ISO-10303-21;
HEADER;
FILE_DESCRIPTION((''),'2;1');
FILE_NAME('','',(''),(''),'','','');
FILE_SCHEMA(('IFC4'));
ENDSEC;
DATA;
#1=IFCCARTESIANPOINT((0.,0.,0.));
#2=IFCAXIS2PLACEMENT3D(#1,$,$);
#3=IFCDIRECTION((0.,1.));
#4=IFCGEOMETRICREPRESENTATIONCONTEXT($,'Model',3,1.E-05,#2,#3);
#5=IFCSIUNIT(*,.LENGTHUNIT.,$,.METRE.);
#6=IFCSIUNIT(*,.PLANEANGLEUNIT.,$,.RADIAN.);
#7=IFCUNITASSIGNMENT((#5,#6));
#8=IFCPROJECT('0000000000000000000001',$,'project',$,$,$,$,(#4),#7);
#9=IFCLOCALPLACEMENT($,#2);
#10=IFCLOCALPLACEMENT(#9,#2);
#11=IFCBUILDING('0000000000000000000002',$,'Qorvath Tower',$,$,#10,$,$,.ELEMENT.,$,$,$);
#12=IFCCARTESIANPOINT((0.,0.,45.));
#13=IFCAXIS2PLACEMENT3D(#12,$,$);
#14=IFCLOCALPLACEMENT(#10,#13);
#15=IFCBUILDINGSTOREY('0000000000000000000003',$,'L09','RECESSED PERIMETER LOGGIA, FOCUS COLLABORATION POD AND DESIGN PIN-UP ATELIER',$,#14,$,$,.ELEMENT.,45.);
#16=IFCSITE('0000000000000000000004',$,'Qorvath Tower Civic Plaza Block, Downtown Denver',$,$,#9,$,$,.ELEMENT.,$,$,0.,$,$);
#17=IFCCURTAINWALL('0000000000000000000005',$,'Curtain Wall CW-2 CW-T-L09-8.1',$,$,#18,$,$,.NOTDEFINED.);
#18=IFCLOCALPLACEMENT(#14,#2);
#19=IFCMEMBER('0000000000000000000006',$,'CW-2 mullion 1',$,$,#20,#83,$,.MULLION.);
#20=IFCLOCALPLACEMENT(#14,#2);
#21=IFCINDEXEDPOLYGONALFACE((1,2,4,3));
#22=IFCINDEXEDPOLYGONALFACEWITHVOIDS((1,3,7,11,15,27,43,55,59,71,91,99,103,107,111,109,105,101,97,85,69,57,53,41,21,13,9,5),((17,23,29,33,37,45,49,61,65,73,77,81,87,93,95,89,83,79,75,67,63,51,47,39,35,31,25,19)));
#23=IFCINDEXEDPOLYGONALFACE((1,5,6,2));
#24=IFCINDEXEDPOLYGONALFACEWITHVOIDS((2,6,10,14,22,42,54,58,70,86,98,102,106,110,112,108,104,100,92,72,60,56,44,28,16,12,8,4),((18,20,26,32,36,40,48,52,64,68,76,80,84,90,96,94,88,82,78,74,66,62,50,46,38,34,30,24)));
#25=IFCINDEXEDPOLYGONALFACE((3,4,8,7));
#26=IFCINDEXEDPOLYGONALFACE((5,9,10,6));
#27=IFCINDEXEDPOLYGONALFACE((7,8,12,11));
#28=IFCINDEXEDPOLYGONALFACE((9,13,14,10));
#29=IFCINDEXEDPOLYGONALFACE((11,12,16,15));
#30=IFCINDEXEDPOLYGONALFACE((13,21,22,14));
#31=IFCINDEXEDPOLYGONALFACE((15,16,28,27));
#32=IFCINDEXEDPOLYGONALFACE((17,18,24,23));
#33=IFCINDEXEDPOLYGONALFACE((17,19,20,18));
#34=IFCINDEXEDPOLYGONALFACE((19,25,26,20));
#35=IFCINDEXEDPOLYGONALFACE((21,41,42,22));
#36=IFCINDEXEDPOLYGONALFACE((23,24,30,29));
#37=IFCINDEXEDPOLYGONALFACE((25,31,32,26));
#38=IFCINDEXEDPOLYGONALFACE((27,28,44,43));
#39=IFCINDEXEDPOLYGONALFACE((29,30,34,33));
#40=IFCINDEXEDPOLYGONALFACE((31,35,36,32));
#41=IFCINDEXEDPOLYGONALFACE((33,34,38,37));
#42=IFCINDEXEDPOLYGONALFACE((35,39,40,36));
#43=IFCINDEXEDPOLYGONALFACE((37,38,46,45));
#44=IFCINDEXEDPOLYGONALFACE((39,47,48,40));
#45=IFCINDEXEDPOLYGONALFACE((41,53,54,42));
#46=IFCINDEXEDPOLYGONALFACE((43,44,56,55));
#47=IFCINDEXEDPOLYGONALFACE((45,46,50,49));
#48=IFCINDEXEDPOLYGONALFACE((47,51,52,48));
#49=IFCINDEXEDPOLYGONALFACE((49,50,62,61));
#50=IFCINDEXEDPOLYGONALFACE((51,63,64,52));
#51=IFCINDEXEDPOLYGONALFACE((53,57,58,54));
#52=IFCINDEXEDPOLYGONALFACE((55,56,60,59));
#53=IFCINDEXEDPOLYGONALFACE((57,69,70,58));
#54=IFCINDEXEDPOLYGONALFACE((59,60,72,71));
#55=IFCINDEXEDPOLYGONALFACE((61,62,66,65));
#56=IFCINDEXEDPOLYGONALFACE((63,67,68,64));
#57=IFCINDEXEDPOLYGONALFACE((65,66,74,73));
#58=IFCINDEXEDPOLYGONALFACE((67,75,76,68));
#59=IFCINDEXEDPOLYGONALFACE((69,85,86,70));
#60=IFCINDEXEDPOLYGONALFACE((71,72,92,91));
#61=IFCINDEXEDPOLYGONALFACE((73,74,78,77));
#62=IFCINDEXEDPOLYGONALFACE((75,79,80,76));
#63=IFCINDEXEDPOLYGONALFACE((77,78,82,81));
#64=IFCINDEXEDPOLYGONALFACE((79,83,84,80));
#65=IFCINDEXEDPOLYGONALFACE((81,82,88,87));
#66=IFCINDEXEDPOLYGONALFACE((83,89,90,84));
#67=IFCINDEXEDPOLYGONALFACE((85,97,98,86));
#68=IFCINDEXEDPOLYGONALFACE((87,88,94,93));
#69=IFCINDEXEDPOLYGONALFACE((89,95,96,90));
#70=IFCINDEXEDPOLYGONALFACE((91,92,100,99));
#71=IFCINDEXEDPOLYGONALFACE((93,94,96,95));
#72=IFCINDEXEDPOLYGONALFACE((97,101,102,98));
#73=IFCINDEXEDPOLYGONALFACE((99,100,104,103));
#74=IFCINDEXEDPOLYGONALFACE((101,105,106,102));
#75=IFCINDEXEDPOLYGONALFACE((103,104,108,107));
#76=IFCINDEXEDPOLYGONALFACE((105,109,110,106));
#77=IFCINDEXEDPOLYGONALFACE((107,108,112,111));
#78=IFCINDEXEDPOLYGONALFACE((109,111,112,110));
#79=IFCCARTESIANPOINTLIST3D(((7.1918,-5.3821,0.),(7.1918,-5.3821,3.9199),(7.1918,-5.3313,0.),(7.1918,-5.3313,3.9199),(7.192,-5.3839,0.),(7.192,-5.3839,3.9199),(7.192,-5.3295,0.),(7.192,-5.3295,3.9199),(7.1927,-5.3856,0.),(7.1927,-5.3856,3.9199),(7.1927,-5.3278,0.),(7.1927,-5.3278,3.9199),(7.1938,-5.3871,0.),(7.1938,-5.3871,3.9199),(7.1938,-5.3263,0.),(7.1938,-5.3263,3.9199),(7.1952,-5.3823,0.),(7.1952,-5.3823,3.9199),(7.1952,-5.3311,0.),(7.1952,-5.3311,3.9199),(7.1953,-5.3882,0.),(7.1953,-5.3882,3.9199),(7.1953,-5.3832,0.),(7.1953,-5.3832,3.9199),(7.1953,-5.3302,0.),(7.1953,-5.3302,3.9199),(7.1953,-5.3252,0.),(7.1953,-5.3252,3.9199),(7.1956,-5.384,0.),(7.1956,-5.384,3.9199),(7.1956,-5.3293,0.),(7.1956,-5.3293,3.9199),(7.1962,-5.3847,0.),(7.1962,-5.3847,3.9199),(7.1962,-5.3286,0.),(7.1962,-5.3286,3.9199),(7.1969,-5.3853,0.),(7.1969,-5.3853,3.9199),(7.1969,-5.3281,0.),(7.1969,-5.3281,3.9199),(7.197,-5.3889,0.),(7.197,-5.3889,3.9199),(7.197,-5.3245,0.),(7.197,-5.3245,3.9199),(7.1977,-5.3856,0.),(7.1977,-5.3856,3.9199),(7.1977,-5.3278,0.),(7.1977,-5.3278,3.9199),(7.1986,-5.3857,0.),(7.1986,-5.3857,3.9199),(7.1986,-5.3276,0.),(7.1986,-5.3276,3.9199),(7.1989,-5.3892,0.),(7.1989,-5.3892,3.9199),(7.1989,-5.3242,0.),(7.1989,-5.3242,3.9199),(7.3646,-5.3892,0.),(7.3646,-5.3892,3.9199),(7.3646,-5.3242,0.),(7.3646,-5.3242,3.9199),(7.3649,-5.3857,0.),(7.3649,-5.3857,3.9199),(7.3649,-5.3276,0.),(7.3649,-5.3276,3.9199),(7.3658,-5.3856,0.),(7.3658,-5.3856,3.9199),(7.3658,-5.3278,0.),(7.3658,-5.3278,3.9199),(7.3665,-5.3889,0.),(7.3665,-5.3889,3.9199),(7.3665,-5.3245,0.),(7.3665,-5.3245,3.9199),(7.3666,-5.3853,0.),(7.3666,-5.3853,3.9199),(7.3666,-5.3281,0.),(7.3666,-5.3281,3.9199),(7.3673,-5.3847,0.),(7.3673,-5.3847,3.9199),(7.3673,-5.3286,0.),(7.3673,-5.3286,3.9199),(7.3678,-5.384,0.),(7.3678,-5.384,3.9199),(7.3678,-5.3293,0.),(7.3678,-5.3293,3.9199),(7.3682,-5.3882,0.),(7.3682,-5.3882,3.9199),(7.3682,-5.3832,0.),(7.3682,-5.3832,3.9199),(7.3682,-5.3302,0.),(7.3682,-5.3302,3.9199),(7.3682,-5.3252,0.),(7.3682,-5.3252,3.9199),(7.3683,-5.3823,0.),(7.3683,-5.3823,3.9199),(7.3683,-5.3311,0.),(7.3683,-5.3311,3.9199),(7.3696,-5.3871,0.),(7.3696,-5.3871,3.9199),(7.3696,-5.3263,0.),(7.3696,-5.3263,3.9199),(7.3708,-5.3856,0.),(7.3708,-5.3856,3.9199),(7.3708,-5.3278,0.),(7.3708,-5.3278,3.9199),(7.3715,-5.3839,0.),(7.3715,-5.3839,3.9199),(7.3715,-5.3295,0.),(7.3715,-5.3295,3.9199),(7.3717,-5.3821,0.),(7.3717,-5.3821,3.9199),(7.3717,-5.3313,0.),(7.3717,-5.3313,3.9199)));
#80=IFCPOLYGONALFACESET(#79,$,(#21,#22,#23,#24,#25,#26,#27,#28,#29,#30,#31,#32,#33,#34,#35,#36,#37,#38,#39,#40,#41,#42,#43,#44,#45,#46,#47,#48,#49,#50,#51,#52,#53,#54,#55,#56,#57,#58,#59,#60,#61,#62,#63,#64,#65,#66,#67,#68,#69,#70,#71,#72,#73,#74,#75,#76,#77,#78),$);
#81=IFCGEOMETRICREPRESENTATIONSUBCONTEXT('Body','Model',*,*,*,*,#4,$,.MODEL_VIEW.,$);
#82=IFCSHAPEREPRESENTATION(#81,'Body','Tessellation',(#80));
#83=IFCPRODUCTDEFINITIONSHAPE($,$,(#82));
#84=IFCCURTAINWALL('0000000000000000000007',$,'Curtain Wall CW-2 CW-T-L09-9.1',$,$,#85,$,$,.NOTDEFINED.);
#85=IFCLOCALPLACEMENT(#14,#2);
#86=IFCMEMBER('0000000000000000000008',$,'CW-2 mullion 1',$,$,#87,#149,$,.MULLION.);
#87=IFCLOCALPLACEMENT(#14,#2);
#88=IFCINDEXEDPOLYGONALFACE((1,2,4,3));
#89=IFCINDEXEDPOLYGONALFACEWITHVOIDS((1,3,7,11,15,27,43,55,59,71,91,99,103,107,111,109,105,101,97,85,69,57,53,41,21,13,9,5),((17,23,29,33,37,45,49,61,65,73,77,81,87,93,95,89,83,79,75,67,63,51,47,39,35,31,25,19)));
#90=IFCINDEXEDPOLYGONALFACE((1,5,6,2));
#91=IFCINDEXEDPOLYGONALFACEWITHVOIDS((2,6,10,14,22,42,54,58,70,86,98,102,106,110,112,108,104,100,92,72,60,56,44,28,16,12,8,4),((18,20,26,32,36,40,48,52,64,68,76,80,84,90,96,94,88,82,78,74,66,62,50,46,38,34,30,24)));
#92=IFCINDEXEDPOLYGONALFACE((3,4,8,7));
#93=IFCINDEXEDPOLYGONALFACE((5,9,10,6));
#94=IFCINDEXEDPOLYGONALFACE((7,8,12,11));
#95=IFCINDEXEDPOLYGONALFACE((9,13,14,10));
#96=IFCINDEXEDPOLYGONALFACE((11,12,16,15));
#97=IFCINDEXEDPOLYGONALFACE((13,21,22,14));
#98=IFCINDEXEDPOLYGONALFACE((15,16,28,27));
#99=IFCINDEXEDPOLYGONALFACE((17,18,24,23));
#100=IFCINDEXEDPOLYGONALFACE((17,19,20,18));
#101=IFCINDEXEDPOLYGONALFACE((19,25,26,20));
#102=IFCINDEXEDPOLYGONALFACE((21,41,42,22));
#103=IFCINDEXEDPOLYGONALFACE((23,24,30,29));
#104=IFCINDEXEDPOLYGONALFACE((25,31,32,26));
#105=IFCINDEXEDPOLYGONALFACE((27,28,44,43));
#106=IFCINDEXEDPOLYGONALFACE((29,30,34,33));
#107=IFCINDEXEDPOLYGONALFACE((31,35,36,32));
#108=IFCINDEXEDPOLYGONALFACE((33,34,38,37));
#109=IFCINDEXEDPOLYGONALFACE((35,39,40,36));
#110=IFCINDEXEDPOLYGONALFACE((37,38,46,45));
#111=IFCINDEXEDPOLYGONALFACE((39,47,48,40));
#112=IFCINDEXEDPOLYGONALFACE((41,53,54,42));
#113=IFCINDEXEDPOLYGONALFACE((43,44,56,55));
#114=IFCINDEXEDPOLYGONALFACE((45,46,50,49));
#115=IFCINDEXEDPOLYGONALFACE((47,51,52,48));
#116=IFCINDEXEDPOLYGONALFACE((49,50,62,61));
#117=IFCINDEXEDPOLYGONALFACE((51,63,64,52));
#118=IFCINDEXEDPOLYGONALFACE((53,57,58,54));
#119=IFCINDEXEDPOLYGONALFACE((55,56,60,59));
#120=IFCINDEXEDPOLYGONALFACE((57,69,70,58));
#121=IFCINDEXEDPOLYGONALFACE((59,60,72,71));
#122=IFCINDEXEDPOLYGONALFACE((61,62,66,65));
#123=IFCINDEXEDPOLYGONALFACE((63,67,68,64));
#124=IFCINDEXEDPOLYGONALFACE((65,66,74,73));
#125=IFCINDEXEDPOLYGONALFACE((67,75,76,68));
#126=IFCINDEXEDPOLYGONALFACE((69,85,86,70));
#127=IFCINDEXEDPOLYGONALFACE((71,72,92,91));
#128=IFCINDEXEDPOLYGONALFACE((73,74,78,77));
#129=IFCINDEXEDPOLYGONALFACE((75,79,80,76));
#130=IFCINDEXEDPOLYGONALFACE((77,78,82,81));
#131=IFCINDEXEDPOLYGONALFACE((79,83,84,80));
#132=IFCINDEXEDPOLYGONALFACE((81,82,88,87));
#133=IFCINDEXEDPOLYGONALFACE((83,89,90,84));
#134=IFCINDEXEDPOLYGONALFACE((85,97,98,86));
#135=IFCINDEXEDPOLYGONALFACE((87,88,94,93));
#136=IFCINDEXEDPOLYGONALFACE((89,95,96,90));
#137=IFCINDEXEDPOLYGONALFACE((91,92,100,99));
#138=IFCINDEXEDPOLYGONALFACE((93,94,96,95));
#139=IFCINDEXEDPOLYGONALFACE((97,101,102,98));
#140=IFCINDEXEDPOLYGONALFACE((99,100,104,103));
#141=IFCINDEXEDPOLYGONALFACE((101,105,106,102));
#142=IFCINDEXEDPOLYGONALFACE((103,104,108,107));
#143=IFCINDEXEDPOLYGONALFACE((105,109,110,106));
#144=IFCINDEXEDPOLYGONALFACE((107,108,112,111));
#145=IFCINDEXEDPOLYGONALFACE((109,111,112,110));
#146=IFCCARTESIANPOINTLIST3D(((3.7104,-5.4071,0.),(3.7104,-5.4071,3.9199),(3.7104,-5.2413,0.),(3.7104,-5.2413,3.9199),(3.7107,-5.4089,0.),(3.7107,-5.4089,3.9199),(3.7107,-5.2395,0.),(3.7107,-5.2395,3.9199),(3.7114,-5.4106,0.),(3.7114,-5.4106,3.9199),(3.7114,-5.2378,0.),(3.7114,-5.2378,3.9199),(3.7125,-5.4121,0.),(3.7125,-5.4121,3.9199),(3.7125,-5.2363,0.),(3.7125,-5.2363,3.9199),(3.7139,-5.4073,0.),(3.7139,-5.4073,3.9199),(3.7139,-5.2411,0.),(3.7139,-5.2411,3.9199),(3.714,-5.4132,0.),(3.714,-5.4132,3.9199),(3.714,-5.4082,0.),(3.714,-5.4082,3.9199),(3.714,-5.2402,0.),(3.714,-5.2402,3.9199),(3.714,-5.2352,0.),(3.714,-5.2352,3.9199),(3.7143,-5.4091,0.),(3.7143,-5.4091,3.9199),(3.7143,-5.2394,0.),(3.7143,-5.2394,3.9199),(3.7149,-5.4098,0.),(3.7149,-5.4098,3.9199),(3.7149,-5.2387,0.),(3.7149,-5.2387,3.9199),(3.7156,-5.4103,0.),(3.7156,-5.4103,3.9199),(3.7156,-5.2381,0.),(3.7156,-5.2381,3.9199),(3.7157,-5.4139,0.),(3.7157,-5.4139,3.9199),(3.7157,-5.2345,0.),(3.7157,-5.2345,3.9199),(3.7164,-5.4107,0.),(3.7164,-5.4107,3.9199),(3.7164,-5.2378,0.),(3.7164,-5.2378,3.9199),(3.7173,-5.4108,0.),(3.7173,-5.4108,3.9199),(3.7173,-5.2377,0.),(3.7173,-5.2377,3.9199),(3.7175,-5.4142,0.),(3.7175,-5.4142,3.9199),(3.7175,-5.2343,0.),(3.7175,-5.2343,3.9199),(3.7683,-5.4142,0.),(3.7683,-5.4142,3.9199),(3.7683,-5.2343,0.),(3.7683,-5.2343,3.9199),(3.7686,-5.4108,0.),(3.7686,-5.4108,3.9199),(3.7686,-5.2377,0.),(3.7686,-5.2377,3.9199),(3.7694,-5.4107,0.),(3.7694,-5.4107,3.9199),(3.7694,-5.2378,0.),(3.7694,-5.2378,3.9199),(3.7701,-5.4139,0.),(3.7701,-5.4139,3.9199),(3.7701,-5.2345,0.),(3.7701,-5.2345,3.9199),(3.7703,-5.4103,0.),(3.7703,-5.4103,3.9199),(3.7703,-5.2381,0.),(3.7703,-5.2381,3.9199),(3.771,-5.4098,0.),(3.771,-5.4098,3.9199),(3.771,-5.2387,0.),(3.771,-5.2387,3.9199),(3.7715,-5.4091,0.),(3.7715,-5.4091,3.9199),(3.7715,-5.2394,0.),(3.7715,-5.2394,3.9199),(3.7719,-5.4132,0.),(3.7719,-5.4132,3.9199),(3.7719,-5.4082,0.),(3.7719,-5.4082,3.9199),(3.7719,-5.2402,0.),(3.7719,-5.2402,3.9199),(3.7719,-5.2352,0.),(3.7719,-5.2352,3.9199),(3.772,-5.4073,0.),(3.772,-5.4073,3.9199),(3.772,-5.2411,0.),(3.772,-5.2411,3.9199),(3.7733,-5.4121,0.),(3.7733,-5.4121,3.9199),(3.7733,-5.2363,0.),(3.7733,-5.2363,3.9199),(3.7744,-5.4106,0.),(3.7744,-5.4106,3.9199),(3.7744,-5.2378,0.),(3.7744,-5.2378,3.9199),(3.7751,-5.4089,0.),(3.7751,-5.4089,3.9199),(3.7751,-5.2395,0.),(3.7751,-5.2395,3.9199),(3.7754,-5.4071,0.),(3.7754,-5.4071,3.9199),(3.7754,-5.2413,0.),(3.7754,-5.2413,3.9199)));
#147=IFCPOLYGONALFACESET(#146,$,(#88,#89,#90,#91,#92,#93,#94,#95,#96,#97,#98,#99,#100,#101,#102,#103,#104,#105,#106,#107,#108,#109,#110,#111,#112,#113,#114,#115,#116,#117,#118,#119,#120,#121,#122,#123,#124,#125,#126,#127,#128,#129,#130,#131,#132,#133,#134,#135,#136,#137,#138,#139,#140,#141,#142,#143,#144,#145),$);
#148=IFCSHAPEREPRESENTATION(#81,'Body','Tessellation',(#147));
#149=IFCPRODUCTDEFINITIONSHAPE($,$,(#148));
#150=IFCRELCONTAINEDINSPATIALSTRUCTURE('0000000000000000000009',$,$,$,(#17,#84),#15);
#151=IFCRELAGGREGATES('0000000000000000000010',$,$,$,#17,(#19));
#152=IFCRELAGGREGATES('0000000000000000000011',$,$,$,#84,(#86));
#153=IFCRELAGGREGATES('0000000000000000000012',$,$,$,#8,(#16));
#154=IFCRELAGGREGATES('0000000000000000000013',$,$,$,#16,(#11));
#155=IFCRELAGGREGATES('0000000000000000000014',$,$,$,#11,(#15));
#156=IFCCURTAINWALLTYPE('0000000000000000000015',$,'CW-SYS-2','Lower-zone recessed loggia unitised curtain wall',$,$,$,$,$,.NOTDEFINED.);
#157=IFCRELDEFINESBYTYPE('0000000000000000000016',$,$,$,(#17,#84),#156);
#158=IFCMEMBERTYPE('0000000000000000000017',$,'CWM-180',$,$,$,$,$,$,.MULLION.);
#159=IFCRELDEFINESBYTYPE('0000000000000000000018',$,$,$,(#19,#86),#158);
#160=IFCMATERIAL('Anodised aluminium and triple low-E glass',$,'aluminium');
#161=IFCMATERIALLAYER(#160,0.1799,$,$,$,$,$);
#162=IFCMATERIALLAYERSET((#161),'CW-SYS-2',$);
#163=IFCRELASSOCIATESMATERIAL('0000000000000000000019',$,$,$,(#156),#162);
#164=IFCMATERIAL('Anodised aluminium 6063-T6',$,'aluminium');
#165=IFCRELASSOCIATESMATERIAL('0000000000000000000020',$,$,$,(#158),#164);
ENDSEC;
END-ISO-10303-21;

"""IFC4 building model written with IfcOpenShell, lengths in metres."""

from ifc_helpers import new_model, si_unit, direction, frame, origin, origin_2d, place, context, subcontext, project, spatial, hollow_rectangle, extrude, material, layer, layer_set, material_profile, profile_set, type_object, element, aggregate, save


model = new_model("IFC4")

# Units and contexts
model_context = context("Model", 3, precision=1e-05, world=origin(), true_north=direction((0.0, 1.0)))
body_context = subcontext(model_context, "Body", "Model", "MODEL_VIEW")
ifc_project = project(units=[si_unit("LENGTHUNIT", "METRE"), si_unit("PLANEANGLEUNIT", "RADIAN")], contexts=[model_context])

# Site, building, storey
site_placement = place(None, origin())
site = spatial("IfcSite", under=ifc_project, at=site_placement, Name="Qorvath Tower Civic Plaza Block, Downtown Denver", CompositionType="ELEMENT", RefElevation=0.0)
building_placement = place(site_placement, origin())
building = spatial("IfcBuilding", under=site, at=building_placement, Name="Qorvath Tower", CompositionType="ELEMENT")
storey_placement = place(building_placement, frame((0.0, 0.0, 45.0)))
storey = spatial("IfcBuildingStorey", under=building, at=storey_placement, Name="L09", Description="RECESSED PERIMETER LOGGIA, FOCUS COLLABORATION POD AND DESIGN PIN-UP ATELIER", CompositionType="ELEMENT", Elevation=45.0)

# Curtain wall, member
ifc_material_1 = material(Name="Anodised aluminium and triple low-E glass", Category="aluminium")
ifc_layer_1 = layer(ifc_material_1, 0.1799)
ifc_layer_set_1 = layer_set([ifc_layer_1], Name="CW-SYS-2")
curtain_wall_type = type_object("IfcCurtainWallType", Name="CW-SYS-2", Description="Lower-zone recessed loggia unitised curtain wall", PredefinedType="NOTDEFINED", material=ifc_layer_set_1)
curtain_wall_1_placement = place(storey_placement, origin())
curtain_wall_1 = element("IfcCurtainWall", 1, at=curtain_wall_1_placement, inside=storey, type_object=curtain_wall_type, Name="Curtain Wall CW-2 CW-T-L09-8.1", PredefinedType="NOTDEFINED")
ifc_material_2 = material(Name="Anodised aluminium 6063-T6", Category="aluminium")
ifc_material_profile_1 = material_profile(ifc_material_2, hollow_rectangle(XDim=0.0649, YDim=0.1799, WallThickness=0.0034, InnerFilletRadius=0.0034, OuterFilletRadius=0.0071, at=origin_2d()), Name="CWM 180x65")
ifc_profile_set_1 = profile_set([ifc_material_profile_1], Name="Anodised aluminium 6063-T6")
member_type_1 = type_object("IfcMemberType", Name="CWM-180", PredefinedType="MULLION", material=ifc_profile_set_1)
member_1_placement = place(storey_placement, frame((7.2817, -5.3567, 0.0), z_axis=(0.0, 0.0, 1.0), x_axis=(0.0, -1.0, 0.0)))
member_1 = element("IfcMember", 2, at=member_1_placement, type_object=member_type_1, Name="CW-2 mullion 1", PredefinedType="MULLION", context=body_context, shape_type="SweptSolid", body=[
    extrude(hollow_rectangle(XDim=0.0649, YDim=0.1799, WallThickness=0.0034, InnerFilletRadius=0.0034, OuterFilletRadius=0.0071, at=origin_2d()), origin(), (0.0, 0.0, 1.0), 3.9199),
])
aggregate(curtain_wall_1, [member_1])

# Curtain wall, member
curtain_wall_2_placement = place(storey_placement, origin())
curtain_wall_2 = element("IfcCurtainWall", 3, at=curtain_wall_2_placement, inside=storey, type_object=curtain_wall_type, Name="Curtain Wall CW-2 CW-T-L09-9.1", PredefinedType="NOTDEFINED")
member_2_placement = place(storey_placement, frame((3.7429, -5.3242, 0.0), z_axis=(0.0, 0.0, 1.0), x_axis=(-1.0, 0.0, 0.0)))
member_2 = element("IfcMember", 4, at=member_2_placement, type_object=member_type_1, Name="CW-2 mullion 1", PredefinedType="MULLION", context=body_context, shape_type="SweptSolid", body=[
    extrude(hollow_rectangle(XDim=0.0649, YDim=0.1799, WallThickness=0.0034, InnerFilletRadius=0.0034, OuterFilletRadius=0.0071, at=origin_2d()), origin(), (0.0, 0.0, 1.0), 3.9199),
])
aggregate(curtain_wall_2, [member_2])

save(model, "model.ifc")
